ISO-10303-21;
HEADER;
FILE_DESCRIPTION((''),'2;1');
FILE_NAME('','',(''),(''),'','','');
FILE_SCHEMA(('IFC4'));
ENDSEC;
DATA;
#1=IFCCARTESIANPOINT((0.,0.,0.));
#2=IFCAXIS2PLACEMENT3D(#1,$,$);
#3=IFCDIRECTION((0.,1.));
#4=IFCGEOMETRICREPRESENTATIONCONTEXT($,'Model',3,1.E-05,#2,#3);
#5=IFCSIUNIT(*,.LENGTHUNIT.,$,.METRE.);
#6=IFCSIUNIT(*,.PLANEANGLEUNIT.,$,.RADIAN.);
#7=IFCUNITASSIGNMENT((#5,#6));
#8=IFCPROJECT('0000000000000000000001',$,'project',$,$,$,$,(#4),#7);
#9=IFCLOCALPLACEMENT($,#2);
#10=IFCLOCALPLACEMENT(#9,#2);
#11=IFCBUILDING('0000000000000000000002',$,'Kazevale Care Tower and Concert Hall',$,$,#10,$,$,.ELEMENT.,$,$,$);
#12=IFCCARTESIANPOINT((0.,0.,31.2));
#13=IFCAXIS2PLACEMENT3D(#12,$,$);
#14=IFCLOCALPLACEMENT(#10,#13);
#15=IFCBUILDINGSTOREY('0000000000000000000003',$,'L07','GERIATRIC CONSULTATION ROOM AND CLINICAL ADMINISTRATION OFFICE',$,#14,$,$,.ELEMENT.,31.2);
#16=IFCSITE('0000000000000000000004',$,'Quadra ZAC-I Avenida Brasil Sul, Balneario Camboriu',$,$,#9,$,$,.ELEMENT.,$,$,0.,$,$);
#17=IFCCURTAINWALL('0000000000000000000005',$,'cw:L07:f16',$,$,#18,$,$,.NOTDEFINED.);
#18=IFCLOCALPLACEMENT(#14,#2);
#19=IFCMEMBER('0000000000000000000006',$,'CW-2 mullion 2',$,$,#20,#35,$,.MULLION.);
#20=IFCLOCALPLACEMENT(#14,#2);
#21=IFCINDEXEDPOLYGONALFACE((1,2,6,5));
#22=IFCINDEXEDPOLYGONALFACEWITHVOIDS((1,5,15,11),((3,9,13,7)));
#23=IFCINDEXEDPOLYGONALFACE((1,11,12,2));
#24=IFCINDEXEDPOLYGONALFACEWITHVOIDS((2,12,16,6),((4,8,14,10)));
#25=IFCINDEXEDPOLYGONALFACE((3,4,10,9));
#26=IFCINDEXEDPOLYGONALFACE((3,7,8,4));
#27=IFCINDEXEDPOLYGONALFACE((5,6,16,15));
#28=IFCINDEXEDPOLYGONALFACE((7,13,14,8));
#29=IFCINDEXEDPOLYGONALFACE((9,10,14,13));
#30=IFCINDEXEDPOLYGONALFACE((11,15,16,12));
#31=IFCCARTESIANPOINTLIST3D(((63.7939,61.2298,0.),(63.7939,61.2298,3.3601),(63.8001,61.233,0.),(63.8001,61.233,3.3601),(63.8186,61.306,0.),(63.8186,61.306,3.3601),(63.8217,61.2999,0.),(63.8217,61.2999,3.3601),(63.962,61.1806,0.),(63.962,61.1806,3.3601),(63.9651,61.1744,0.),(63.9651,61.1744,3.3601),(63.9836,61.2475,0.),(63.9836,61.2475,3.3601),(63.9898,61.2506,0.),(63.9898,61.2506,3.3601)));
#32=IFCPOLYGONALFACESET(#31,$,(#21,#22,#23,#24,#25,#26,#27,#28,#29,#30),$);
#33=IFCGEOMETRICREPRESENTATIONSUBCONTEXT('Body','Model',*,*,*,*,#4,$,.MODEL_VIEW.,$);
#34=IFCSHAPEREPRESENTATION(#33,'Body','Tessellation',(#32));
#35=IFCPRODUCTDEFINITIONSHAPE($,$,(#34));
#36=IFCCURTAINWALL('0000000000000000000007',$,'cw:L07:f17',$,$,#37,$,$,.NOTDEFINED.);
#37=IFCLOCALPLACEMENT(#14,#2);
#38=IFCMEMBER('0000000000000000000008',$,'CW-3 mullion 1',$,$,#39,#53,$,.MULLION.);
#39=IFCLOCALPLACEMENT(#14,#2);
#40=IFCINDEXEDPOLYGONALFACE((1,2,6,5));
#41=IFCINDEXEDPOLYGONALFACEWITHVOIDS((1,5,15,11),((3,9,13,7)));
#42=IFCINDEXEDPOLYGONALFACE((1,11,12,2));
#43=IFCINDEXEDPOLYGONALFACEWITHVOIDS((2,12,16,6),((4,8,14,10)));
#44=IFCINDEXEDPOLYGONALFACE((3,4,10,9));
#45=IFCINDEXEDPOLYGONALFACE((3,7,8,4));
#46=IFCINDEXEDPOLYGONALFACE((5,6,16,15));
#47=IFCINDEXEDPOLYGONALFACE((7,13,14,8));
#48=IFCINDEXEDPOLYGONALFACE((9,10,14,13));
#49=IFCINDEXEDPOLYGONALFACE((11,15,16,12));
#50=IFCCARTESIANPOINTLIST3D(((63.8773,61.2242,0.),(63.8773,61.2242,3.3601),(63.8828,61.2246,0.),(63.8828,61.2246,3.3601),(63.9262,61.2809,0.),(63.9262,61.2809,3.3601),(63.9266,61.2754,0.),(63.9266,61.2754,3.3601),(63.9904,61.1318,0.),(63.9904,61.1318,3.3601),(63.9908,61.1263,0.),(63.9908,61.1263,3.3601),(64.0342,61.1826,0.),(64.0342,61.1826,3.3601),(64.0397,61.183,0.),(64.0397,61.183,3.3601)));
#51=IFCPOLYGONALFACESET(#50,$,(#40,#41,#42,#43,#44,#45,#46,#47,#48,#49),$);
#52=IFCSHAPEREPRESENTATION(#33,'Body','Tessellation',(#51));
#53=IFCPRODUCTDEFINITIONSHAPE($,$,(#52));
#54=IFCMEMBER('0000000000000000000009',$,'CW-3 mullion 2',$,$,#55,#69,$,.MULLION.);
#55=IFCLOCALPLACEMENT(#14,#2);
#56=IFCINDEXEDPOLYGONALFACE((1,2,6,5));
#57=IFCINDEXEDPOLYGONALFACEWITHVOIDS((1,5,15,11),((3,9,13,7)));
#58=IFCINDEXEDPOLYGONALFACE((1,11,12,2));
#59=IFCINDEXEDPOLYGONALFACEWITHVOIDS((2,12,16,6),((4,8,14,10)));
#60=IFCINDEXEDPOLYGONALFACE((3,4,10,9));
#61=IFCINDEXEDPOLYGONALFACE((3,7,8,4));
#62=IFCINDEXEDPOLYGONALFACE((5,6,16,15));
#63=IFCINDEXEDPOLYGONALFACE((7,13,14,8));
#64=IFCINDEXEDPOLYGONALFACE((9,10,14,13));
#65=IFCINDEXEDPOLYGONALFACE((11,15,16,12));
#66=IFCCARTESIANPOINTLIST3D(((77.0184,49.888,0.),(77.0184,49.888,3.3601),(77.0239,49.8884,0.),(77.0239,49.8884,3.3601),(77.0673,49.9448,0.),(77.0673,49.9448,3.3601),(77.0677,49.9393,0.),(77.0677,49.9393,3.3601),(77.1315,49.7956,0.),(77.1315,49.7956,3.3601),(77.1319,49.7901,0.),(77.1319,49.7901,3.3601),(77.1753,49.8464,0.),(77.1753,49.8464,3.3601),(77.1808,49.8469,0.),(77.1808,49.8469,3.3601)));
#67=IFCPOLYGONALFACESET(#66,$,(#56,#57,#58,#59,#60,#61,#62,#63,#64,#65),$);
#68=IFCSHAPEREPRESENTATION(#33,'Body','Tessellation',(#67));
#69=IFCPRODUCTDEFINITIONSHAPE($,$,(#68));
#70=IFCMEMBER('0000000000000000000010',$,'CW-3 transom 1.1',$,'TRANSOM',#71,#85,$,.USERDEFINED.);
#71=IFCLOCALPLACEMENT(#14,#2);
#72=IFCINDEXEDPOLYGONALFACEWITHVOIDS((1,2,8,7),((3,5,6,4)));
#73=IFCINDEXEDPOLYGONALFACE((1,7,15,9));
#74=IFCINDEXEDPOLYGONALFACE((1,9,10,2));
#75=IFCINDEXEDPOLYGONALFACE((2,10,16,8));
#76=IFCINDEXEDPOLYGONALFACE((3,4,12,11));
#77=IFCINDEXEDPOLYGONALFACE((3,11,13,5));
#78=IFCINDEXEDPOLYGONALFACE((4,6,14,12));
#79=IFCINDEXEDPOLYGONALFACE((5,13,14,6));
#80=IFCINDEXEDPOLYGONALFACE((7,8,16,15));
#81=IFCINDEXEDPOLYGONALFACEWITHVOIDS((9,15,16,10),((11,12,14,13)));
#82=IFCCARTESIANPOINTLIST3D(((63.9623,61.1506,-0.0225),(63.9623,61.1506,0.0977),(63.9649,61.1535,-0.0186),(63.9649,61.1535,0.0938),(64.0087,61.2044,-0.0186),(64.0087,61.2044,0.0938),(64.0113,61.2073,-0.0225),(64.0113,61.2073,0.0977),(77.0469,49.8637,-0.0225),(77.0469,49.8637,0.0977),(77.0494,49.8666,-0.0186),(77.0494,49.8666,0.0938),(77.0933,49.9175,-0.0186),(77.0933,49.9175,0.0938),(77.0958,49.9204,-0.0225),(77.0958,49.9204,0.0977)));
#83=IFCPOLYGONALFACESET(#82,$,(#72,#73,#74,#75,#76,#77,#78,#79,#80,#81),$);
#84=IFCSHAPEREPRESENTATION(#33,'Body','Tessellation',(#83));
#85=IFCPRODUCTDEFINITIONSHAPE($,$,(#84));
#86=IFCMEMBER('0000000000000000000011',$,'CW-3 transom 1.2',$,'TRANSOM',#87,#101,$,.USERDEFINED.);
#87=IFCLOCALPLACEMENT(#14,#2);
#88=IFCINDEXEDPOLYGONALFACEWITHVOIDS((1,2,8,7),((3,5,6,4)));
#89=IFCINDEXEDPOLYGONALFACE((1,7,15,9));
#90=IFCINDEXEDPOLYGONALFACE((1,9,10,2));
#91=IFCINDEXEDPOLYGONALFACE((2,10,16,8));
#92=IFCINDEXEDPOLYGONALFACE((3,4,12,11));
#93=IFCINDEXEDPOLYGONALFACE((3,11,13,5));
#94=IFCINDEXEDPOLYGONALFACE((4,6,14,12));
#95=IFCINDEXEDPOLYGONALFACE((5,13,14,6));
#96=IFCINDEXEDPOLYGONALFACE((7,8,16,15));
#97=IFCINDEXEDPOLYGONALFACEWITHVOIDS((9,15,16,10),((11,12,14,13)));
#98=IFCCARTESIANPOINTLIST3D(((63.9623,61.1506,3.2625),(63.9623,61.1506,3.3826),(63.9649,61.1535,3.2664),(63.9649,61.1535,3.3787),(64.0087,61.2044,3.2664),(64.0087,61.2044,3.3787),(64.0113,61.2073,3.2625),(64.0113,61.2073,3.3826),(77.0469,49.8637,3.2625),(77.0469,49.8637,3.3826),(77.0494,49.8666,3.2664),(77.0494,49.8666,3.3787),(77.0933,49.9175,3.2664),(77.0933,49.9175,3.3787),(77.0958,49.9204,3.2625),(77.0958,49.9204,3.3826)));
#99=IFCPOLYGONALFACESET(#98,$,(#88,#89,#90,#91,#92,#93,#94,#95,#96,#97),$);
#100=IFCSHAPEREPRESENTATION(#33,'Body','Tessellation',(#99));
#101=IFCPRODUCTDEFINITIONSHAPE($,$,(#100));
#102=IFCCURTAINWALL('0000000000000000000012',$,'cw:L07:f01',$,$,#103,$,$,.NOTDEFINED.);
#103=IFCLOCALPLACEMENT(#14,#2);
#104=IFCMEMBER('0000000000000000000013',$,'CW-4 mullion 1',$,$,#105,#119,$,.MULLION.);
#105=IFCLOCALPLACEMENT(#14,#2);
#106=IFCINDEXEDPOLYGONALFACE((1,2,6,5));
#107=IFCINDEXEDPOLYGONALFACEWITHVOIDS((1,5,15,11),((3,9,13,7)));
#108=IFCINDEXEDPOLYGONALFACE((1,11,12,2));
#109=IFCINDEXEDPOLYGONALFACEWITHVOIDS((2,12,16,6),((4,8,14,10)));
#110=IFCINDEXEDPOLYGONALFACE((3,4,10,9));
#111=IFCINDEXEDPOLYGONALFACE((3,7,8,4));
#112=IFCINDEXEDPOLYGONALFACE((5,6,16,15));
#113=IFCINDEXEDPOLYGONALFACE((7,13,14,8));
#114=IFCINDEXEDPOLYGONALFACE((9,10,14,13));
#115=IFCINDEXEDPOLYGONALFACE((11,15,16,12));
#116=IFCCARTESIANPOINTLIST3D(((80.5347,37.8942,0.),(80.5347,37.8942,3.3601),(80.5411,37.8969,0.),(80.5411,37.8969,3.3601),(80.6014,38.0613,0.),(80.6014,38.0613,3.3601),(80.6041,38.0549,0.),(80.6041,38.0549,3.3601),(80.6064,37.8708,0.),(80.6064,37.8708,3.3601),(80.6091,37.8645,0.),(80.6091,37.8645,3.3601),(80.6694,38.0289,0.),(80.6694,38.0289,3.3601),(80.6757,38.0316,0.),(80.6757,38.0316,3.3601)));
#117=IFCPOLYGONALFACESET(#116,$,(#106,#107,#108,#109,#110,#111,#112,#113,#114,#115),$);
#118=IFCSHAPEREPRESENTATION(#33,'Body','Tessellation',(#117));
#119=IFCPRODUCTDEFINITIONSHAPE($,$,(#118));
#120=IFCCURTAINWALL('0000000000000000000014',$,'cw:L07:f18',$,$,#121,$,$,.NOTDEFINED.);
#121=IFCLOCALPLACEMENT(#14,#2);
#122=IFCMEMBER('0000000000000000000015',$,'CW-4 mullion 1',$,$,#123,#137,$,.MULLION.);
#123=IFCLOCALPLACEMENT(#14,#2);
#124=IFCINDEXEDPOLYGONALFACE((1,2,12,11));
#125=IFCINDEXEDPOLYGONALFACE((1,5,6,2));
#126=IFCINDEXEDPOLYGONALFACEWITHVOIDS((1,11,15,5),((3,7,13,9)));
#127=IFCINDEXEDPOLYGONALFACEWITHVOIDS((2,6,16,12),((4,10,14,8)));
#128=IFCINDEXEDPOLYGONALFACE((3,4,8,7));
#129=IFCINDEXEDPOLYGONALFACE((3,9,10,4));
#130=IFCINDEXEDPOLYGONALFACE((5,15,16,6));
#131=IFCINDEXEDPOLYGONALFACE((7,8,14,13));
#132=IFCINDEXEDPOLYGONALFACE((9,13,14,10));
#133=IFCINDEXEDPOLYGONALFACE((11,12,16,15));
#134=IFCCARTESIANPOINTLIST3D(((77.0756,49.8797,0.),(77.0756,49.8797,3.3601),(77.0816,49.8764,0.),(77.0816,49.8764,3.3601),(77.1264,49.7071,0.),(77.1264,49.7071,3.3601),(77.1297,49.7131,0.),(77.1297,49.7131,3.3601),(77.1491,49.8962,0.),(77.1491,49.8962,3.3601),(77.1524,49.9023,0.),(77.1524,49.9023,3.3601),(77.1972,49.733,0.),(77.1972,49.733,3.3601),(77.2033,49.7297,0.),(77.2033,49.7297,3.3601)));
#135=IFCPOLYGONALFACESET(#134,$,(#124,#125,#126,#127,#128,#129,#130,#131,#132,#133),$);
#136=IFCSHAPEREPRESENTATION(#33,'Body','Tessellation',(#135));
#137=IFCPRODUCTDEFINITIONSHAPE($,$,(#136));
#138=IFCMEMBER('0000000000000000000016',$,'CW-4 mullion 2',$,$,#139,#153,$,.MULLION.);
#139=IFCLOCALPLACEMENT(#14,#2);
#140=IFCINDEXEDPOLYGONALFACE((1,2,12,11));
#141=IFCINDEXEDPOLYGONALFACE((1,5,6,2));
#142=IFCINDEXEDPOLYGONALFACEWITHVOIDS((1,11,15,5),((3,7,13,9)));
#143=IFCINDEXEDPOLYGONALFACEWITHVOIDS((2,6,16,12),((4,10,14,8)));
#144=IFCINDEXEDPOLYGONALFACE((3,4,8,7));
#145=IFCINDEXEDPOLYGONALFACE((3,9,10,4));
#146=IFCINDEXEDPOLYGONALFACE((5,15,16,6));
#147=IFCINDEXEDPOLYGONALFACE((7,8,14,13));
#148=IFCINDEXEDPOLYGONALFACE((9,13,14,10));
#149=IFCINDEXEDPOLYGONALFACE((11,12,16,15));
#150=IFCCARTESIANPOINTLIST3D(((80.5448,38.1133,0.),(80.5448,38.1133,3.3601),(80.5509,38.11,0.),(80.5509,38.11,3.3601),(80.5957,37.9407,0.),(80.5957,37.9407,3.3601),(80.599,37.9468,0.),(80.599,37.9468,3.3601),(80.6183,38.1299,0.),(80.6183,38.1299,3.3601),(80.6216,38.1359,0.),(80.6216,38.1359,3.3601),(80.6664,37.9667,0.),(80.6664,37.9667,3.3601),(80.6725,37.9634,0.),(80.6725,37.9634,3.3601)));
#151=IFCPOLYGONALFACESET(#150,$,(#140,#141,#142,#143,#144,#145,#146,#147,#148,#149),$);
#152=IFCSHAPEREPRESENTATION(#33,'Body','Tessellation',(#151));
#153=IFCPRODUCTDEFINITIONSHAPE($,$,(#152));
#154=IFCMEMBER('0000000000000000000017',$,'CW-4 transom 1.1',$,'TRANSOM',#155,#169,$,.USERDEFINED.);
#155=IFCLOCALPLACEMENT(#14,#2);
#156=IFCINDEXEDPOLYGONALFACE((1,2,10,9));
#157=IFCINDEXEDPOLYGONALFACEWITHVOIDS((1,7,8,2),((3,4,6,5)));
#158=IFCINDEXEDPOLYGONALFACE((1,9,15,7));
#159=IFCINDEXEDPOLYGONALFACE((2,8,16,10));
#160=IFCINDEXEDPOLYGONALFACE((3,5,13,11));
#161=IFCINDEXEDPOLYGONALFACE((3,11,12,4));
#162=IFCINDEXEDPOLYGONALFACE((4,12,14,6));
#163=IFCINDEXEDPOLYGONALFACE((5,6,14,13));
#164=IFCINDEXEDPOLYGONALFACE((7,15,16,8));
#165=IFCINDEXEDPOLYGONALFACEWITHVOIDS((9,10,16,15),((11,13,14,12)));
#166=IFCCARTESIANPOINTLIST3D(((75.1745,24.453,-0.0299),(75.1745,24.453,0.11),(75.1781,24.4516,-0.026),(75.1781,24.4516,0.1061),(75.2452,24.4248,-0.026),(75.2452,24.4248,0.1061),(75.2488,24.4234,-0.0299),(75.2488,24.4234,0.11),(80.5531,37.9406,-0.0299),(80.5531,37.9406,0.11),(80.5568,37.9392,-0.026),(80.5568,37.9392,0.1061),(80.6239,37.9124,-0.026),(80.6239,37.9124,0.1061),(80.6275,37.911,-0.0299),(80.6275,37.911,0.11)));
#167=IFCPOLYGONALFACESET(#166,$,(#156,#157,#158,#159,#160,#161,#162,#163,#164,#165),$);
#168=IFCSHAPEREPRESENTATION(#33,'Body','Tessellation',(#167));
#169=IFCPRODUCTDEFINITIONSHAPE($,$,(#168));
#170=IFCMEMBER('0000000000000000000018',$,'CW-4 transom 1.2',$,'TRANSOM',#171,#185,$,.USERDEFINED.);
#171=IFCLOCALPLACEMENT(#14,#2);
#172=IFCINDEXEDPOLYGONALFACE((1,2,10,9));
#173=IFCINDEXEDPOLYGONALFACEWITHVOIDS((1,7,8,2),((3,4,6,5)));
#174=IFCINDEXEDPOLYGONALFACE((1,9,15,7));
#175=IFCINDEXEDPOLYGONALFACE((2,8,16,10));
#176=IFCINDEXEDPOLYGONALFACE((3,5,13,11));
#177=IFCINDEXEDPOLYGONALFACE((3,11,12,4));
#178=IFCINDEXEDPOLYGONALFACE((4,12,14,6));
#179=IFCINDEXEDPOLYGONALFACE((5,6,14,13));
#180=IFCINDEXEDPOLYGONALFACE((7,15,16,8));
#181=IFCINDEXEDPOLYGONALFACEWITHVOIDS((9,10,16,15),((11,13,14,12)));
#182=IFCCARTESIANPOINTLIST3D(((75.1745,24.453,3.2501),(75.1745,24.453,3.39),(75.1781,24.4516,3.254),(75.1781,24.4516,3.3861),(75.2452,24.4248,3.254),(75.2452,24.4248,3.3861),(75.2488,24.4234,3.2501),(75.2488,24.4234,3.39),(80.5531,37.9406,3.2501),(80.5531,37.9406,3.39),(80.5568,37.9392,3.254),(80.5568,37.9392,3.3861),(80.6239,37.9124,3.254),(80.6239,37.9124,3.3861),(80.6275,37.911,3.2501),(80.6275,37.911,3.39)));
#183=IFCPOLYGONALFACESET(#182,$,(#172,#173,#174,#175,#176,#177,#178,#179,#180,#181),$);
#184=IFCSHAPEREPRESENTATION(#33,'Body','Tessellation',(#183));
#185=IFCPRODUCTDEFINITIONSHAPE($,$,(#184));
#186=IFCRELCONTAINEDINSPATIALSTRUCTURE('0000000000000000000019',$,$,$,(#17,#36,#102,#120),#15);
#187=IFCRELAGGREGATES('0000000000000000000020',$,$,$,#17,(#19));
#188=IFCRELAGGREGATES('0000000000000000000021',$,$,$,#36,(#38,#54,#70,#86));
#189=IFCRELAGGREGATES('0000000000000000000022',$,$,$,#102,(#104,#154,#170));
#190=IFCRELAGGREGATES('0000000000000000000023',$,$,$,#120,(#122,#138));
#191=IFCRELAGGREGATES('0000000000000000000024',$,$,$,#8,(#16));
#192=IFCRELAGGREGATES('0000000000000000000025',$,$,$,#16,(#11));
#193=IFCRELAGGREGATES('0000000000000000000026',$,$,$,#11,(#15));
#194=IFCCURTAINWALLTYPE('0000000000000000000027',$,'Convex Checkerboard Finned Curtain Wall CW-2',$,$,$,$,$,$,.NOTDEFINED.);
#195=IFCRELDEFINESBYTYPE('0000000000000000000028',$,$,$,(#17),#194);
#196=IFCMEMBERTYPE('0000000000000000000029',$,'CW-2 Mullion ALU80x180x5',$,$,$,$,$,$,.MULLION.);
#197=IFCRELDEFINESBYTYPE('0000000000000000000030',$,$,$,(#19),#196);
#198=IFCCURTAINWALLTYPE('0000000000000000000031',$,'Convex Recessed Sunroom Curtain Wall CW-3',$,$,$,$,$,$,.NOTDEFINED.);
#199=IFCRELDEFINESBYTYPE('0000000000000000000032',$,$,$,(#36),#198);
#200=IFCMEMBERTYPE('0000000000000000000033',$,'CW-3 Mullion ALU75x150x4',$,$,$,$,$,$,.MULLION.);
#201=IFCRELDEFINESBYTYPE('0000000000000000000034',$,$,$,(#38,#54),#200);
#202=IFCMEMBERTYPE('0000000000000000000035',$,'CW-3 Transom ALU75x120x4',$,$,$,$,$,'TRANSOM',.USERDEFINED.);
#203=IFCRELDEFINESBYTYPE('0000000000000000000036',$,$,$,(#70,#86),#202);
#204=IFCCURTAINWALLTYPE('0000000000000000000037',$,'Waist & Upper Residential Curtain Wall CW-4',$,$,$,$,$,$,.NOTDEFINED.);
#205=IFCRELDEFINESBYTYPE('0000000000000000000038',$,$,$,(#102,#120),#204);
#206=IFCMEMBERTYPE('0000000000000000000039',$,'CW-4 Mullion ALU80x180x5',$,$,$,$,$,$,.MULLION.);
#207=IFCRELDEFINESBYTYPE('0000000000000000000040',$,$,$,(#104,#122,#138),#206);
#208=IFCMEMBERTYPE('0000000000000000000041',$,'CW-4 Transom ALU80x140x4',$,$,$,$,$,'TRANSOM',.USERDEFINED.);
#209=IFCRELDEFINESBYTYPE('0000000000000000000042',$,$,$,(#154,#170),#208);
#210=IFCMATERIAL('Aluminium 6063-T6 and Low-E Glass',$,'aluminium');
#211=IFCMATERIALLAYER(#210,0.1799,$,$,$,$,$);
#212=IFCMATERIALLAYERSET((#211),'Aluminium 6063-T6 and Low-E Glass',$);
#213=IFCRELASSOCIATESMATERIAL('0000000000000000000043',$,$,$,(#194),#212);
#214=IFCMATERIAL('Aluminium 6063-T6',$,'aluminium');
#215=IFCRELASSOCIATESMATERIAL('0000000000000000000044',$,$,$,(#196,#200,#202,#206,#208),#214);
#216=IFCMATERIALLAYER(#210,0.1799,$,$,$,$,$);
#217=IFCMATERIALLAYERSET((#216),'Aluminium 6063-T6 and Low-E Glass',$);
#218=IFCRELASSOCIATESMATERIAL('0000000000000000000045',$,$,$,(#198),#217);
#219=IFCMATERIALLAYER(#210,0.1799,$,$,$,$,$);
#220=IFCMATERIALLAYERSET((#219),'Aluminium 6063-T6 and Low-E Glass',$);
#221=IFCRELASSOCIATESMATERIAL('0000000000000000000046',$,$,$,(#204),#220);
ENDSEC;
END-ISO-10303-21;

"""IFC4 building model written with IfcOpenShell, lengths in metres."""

from ifc_helpers import new_model, si_unit, direction, frame, origin, origin_2d, place, context, subcontext, project, spatial, hollow_rectangle, extrude, material, layer, layer_set, material_profile, profile_set, type_object, element, aggregate, save


model = new_model("IFC4")

# Units and contexts
model_context = context("Model", 3, precision=1e-05, world=origin(), true_north=direction((0.0, 1.0)))
body_context = subcontext(model_context, "Body", "Model", "MODEL_VIEW")
ifc_project = project(units=[si_unit("LENGTHUNIT", "METRE"), si_unit("PLANEANGLEUNIT", "RADIAN")], contexts=[model_context])

# Site, building, storey
site_placement = place(None, origin())
site = spatial("IfcSite", under=ifc_project, at=site_placement, Name="Quadra ZAC-I Avenida Brasil Sul, Balneario Camboriu", CompositionType="ELEMENT", RefElevation=0.0)
building_placement = place(site_placement, origin())
building = spatial("IfcBuilding", under=site, at=building_placement, Name="Kazevale Care Tower and Concert Hall", CompositionType="ELEMENT")
storey_placement = place(building_placement, frame((0.0, 0.0, 31.2)))
storey = spatial("IfcBuildingStorey", under=building, at=storey_placement, Name="L07", Description="GERIATRIC CONSULTATION ROOM AND CLINICAL ADMINISTRATION OFFICE", CompositionType="ELEMENT", Elevation=31.2)

# Curtain wall, member
ifc_material_1 = material(Name="Aluminium 6063-T6 and Low-E Glass", Category="aluminium")
ifc_layer_1 = layer(ifc_material_1, 0.1799)
ifc_layer_set_1 = layer_set([ifc_layer_1], Name="Aluminium 6063-T6 and Low-E Glass")
curtain_wall_type_1 = type_object("IfcCurtainWallType", Name="Convex Checkerboard Finned Curtain Wall CW-2", PredefinedType="NOTDEFINED", material=ifc_layer_set_1)
curtain_wall_1_placement = place(storey_placement, origin())
curtain_wall_1 = element("IfcCurtainWall", 1, at=curtain_wall_1_placement, inside=storey, type_object=curtain_wall_type_1, Name="cw:L07:f16", PredefinedType="NOTDEFINED")
ifc_material_2 = material(Name="Aluminium 6063-T6", Category="aluminium")
ifc_material_profile_1 = material_profile(ifc_material_2, hollow_rectangle(XDim=0.0801, YDim=0.1799, WallThickness=0.0049, at=origin_2d()), Name="ALU80x180x5")
ifc_profile_set_1 = profile_set([ifc_material_profile_1], Name="Aluminium 6063-T6")
member_type_1 = type_object("IfcMemberType", Name="CW-2 Mullion ALU80x180x5", PredefinedType="MULLION", material=ifc_profile_set_1)
member_1_placement = place(storey_placement, frame((63.8918, 61.2402, 0.0), z_axis=(0.0, 0.0, 1.0), x_axis=(0.307926, 0.95141, 0.0)))
member_1 = element("IfcMember", 2, at=member_1_placement, type_object=member_type_1, Name="CW-2 mullion 2", PredefinedType="MULLION", context=body_context, shape_type="SweptSolid", body=[
    extrude(hollow_rectangle(XDim=0.0801, YDim=0.1799, WallThickness=0.0049, at=origin_2d()), origin(), (0.0, 0.0, 1.0), 3.3601),
])

# Curtain wall, members
ifc_layer_2 = layer(ifc_material_1, 0.1799)
ifc_layer_set_2 = layer_set([ifc_layer_2], Name="Aluminium 6063-T6 and Low-E Glass")
curtain_wall_type_2 = type_object("IfcCurtainWallType", Name="Convex Recessed Sunroom Curtain Wall CW-3", PredefinedType="NOTDEFINED", material=ifc_layer_set_2)
curtain_wall_2_placement = place(storey_placement, origin())
curtain_wall_2 = element("IfcCurtainWall", 3, at=curtain_wall_2_placement, inside=storey, type_object=curtain_wall_type_2, Name="cw:L07:f17", PredefinedType="NOTDEFINED")
ifc_material_profile_2 = material_profile(ifc_material_2, hollow_rectangle(XDim=0.075, YDim=0.1499, WallThickness=0.0039, at=origin_2d()), Name="ALU75x150x4")
ifc_profile_set_2 = profile_set([ifc_material_profile_2], Name="Aluminium 6063-T6")
member_type_2 = type_object("IfcMemberType", Name="CW-3 Mullion ALU75x150x4", PredefinedType="MULLION", material=ifc_profile_set_2)
member_2_placement = place(storey_placement, frame((63.9585, 61.2036, 0.0), z_axis=(0.0, 0.0, 1.0), x_axis=(0.653184, 0.7572, 0.0)))
member_2 = element("IfcMember", 4, at=member_2_placement, type_object=member_type_2, Name="CW-3 mullion 1", PredefinedType="MULLION", context=body_context, shape_type="SweptSolid", body=[
    extrude(hollow_rectangle(XDim=0.075, YDim=0.1499, WallThickness=0.0039, at=origin_2d()), origin(), (0.0, 0.0, 1.0), 3.3601),
])
member_3_placement = place(storey_placement, frame((77.0996, 49.8674, 0.0), z_axis=(0.0, 0.0, 1.0), x_axis=(0.653184, 0.7572, 0.0)))
member_3 = element("IfcMember", 5, at=member_3_placement, type_object=member_type_2, Name="CW-3 mullion 2", PredefinedType="MULLION", context=body_context, shape_type="SweptSolid", body=[
    extrude(hollow_rectangle(XDim=0.075, YDim=0.1499, WallThickness=0.0039, at=origin_2d()), origin(), (0.0, 0.0, 1.0), 3.3601),
])
ifc_material_profile_3 = material_profile(ifc_material_2, hollow_rectangle(XDim=0.075, YDim=0.1201, WallThickness=0.0039, at=origin_2d()), Name="ALU75x120x4")
ifc_profile_set_3 = profile_set([ifc_material_profile_3], Name="Aluminium 6063-T6")
member_type_3 = type_object("IfcMemberType", Name="CW-3 Transom ALU75x120x4", ElementType="TRANSOM", PredefinedType="USERDEFINED", material=ifc_profile_set_3)
member_4_placement = place(storey_placement, frame((63.9868, 61.179, 0.0376), z_axis=(0.757205, -0.653177, 0.0), x_axis=(0.653177, 0.757205, 0.0)))
member_4 = element("IfcMember", 6, at=member_4_placement, type_object=member_type_3, Name="CW-3 transom 1.1", ObjectType="TRANSOM", PredefinedType="USERDEFINED", context=body_context, shape_type="SweptSolid", body=[
    extrude(hollow_rectangle(XDim=0.075, YDim=0.1201, WallThickness=0.0039, at=origin_2d()), origin(), (0.0, 0.0, 1.0), 17.28),
])
member_5_placement = place(storey_placement, frame((63.9868, 61.179, 3.3225), z_axis=(0.757205, -0.653177, 0.0), x_axis=(0.653177, 0.757205, 0.0)))
member_5 = element("IfcMember", 7, at=member_5_placement, type_object=member_type_3, Name="CW-3 transom 1.2", ObjectType="TRANSOM", PredefinedType="USERDEFINED", context=body_context, shape_type="SweptSolid", body=[
    extrude(hollow_rectangle(XDim=0.075, YDim=0.1201, WallThickness=0.0039, at=origin_2d()), origin(), (0.0, 0.0, 1.0), 17.28),
])

# Curtain wall, member
ifc_layer_3 = layer(ifc_material_1, 0.1799)
ifc_layer_set_3 = layer_set([ifc_layer_3], Name="Aluminium 6063-T6 and Low-E Glass")
curtain_wall_type_3 = type_object("IfcCurtainWallType", Name="Waist & Upper Residential Curtain Wall CW-4", PredefinedType="NOTDEFINED", material=ifc_layer_set_3)
curtain_wall_3_placement = place(storey_placement, origin())
curtain_wall_3 = element("IfcCurtainWall", 8, at=curtain_wall_3_placement, inside=storey, type_object=curtain_wall_type_3, Name="cw:L07:f01", PredefinedType="NOTDEFINED")
ifc_material_profile_4 = material_profile(ifc_material_2, hollow_rectangle(XDim=0.0801, YDim=0.1799, WallThickness=0.0049, at=origin_2d()), Name="ALU80x180x5")
ifc_profile_set_4 = profile_set([ifc_material_profile_4], Name="Aluminium 6063-T6")
member_type_4 = type_object("IfcMemberType", Name="CW-4 Mullion ALU80x180x5", PredefinedType="MULLION", material=ifc_profile_set_4)
member_6_placement = place(storey_placement, frame((80.6052, 37.9629, 0.0), z_axis=(0.0, 0.0, 1.0), x_axis=(0.928861, -0.370427, 0.0)))
member_6 = element("IfcMember", 9, at=member_6_placement, type_object=member_type_4, Name="CW-4 mullion 1", PredefinedType="MULLION", context=body_context, shape_type="SweptSolid", body=[
    extrude(hollow_rectangle(XDim=0.0801, YDim=0.1799, WallThickness=0.0049, at=origin_2d()), origin(), (0.0, 0.0, 1.0), 3.3601),
])

# Curtain wall, members
curtain_wall_4_placement = place(storey_placement, origin())
curtain_wall_4 = element("IfcCurtainWall", 10, at=curtain_wall_4_placement, inside=storey, type_object=curtain_wall_type_3, Name="cw:L07:f18", PredefinedType="NOTDEFINED")
member_7_placement = place(storey_placement, frame((77.1394, 49.8047, 0.0), z_axis=(0.0, 0.0, 1.0), x_axis=(0.959173, 0.28282, 0.0)))
member_7 = element("IfcMember", 11, at=member_7_placement, type_object=member_type_4, Name="CW-4 mullion 1", PredefinedType="MULLION", context=body_context, shape_type="SweptSolid", body=[
    extrude(hollow_rectangle(XDim=0.0801, YDim=0.1799, WallThickness=0.0049, at=origin_2d()), origin(), (0.0, 0.0, 1.0), 3.3601),
])
member_8_placement = place(storey_placement, frame((80.6086, 38.0383, 0.0), z_axis=(0.0, 0.0, 1.0), x_axis=(0.959173, 0.28282, 0.0)))
member_8 = element("IfcMember", 12, at=member_8_placement, type_object=member_type_4, Name="CW-4 mullion 2", PredefinedType="MULLION", context=body_context, shape_type="SweptSolid", body=[
    extrude(hollow_rectangle(XDim=0.0801, YDim=0.1799, WallThickness=0.0049, at=origin_2d()), origin(), (0.0, 0.0, 1.0), 3.3601),
])

# Members
ifc_material_profile_5 = material_profile(ifc_material_2, hollow_rectangle(XDim=0.0801, YDim=0.1399, WallThickness=0.0039, at=origin_2d()), Name="ALU80x140x4")
ifc_profile_set_5 = profile_set([ifc_material_profile_5], Name="Aluminium 6063-T6")
member_type_5 = type_object("IfcMemberType", Name="CW-4 Transom ALU80x140x4", ElementType="TRANSOM", PredefinedType="USERDEFINED", material=ifc_profile_set_5)
member_9_placement = place(storey_placement, frame((80.5903, 37.9258, 0.04), z_axis=(-0.370419, -0.928865, 0.0), x_axis=(0.928865, -0.370419, 0.0)))
member_9 = element("IfcMember", 13, at=member_9_placement, type_object=member_type_5, Name="CW-4 transom 1.1", ObjectType="TRANSOM", PredefinedType="USERDEFINED", context=body_context, shape_type="SweptSolid", body=[
    extrude(hollow_rectangle(XDim=0.0801, YDim=0.1399, WallThickness=0.0039, at=origin_2d()), origin(), (0.0, 0.0, 1.0), 14.5205),
])
member_10_placement = place(storey_placement, frame((80.5903, 37.9258, 3.3201), z_axis=(-0.370419, -0.928865, 0.0), x_axis=(0.928865, -0.370419, 0.0)))
member_10 = element("IfcMember", 14, at=member_10_placement, type_object=member_type_5, Name="CW-4 transom 1.2", ObjectType="TRANSOM", PredefinedType="USERDEFINED", context=body_context, shape_type="SweptSolid", body=[
    extrude(hollow_rectangle(XDim=0.0801, YDim=0.1399, WallThickness=0.0039, at=origin_2d()), origin(), (0.0, 0.0, 1.0), 14.5205),
])

aggregate(curtain_wall_1, [member_1])
aggregate(curtain_wall_2, [member_2, member_3, member_4, member_5])
aggregate(curtain_wall_3, [member_6, member_9, member_10])
aggregate(curtain_wall_4, [member_7, member_8])

save(model, "model.ifc")
